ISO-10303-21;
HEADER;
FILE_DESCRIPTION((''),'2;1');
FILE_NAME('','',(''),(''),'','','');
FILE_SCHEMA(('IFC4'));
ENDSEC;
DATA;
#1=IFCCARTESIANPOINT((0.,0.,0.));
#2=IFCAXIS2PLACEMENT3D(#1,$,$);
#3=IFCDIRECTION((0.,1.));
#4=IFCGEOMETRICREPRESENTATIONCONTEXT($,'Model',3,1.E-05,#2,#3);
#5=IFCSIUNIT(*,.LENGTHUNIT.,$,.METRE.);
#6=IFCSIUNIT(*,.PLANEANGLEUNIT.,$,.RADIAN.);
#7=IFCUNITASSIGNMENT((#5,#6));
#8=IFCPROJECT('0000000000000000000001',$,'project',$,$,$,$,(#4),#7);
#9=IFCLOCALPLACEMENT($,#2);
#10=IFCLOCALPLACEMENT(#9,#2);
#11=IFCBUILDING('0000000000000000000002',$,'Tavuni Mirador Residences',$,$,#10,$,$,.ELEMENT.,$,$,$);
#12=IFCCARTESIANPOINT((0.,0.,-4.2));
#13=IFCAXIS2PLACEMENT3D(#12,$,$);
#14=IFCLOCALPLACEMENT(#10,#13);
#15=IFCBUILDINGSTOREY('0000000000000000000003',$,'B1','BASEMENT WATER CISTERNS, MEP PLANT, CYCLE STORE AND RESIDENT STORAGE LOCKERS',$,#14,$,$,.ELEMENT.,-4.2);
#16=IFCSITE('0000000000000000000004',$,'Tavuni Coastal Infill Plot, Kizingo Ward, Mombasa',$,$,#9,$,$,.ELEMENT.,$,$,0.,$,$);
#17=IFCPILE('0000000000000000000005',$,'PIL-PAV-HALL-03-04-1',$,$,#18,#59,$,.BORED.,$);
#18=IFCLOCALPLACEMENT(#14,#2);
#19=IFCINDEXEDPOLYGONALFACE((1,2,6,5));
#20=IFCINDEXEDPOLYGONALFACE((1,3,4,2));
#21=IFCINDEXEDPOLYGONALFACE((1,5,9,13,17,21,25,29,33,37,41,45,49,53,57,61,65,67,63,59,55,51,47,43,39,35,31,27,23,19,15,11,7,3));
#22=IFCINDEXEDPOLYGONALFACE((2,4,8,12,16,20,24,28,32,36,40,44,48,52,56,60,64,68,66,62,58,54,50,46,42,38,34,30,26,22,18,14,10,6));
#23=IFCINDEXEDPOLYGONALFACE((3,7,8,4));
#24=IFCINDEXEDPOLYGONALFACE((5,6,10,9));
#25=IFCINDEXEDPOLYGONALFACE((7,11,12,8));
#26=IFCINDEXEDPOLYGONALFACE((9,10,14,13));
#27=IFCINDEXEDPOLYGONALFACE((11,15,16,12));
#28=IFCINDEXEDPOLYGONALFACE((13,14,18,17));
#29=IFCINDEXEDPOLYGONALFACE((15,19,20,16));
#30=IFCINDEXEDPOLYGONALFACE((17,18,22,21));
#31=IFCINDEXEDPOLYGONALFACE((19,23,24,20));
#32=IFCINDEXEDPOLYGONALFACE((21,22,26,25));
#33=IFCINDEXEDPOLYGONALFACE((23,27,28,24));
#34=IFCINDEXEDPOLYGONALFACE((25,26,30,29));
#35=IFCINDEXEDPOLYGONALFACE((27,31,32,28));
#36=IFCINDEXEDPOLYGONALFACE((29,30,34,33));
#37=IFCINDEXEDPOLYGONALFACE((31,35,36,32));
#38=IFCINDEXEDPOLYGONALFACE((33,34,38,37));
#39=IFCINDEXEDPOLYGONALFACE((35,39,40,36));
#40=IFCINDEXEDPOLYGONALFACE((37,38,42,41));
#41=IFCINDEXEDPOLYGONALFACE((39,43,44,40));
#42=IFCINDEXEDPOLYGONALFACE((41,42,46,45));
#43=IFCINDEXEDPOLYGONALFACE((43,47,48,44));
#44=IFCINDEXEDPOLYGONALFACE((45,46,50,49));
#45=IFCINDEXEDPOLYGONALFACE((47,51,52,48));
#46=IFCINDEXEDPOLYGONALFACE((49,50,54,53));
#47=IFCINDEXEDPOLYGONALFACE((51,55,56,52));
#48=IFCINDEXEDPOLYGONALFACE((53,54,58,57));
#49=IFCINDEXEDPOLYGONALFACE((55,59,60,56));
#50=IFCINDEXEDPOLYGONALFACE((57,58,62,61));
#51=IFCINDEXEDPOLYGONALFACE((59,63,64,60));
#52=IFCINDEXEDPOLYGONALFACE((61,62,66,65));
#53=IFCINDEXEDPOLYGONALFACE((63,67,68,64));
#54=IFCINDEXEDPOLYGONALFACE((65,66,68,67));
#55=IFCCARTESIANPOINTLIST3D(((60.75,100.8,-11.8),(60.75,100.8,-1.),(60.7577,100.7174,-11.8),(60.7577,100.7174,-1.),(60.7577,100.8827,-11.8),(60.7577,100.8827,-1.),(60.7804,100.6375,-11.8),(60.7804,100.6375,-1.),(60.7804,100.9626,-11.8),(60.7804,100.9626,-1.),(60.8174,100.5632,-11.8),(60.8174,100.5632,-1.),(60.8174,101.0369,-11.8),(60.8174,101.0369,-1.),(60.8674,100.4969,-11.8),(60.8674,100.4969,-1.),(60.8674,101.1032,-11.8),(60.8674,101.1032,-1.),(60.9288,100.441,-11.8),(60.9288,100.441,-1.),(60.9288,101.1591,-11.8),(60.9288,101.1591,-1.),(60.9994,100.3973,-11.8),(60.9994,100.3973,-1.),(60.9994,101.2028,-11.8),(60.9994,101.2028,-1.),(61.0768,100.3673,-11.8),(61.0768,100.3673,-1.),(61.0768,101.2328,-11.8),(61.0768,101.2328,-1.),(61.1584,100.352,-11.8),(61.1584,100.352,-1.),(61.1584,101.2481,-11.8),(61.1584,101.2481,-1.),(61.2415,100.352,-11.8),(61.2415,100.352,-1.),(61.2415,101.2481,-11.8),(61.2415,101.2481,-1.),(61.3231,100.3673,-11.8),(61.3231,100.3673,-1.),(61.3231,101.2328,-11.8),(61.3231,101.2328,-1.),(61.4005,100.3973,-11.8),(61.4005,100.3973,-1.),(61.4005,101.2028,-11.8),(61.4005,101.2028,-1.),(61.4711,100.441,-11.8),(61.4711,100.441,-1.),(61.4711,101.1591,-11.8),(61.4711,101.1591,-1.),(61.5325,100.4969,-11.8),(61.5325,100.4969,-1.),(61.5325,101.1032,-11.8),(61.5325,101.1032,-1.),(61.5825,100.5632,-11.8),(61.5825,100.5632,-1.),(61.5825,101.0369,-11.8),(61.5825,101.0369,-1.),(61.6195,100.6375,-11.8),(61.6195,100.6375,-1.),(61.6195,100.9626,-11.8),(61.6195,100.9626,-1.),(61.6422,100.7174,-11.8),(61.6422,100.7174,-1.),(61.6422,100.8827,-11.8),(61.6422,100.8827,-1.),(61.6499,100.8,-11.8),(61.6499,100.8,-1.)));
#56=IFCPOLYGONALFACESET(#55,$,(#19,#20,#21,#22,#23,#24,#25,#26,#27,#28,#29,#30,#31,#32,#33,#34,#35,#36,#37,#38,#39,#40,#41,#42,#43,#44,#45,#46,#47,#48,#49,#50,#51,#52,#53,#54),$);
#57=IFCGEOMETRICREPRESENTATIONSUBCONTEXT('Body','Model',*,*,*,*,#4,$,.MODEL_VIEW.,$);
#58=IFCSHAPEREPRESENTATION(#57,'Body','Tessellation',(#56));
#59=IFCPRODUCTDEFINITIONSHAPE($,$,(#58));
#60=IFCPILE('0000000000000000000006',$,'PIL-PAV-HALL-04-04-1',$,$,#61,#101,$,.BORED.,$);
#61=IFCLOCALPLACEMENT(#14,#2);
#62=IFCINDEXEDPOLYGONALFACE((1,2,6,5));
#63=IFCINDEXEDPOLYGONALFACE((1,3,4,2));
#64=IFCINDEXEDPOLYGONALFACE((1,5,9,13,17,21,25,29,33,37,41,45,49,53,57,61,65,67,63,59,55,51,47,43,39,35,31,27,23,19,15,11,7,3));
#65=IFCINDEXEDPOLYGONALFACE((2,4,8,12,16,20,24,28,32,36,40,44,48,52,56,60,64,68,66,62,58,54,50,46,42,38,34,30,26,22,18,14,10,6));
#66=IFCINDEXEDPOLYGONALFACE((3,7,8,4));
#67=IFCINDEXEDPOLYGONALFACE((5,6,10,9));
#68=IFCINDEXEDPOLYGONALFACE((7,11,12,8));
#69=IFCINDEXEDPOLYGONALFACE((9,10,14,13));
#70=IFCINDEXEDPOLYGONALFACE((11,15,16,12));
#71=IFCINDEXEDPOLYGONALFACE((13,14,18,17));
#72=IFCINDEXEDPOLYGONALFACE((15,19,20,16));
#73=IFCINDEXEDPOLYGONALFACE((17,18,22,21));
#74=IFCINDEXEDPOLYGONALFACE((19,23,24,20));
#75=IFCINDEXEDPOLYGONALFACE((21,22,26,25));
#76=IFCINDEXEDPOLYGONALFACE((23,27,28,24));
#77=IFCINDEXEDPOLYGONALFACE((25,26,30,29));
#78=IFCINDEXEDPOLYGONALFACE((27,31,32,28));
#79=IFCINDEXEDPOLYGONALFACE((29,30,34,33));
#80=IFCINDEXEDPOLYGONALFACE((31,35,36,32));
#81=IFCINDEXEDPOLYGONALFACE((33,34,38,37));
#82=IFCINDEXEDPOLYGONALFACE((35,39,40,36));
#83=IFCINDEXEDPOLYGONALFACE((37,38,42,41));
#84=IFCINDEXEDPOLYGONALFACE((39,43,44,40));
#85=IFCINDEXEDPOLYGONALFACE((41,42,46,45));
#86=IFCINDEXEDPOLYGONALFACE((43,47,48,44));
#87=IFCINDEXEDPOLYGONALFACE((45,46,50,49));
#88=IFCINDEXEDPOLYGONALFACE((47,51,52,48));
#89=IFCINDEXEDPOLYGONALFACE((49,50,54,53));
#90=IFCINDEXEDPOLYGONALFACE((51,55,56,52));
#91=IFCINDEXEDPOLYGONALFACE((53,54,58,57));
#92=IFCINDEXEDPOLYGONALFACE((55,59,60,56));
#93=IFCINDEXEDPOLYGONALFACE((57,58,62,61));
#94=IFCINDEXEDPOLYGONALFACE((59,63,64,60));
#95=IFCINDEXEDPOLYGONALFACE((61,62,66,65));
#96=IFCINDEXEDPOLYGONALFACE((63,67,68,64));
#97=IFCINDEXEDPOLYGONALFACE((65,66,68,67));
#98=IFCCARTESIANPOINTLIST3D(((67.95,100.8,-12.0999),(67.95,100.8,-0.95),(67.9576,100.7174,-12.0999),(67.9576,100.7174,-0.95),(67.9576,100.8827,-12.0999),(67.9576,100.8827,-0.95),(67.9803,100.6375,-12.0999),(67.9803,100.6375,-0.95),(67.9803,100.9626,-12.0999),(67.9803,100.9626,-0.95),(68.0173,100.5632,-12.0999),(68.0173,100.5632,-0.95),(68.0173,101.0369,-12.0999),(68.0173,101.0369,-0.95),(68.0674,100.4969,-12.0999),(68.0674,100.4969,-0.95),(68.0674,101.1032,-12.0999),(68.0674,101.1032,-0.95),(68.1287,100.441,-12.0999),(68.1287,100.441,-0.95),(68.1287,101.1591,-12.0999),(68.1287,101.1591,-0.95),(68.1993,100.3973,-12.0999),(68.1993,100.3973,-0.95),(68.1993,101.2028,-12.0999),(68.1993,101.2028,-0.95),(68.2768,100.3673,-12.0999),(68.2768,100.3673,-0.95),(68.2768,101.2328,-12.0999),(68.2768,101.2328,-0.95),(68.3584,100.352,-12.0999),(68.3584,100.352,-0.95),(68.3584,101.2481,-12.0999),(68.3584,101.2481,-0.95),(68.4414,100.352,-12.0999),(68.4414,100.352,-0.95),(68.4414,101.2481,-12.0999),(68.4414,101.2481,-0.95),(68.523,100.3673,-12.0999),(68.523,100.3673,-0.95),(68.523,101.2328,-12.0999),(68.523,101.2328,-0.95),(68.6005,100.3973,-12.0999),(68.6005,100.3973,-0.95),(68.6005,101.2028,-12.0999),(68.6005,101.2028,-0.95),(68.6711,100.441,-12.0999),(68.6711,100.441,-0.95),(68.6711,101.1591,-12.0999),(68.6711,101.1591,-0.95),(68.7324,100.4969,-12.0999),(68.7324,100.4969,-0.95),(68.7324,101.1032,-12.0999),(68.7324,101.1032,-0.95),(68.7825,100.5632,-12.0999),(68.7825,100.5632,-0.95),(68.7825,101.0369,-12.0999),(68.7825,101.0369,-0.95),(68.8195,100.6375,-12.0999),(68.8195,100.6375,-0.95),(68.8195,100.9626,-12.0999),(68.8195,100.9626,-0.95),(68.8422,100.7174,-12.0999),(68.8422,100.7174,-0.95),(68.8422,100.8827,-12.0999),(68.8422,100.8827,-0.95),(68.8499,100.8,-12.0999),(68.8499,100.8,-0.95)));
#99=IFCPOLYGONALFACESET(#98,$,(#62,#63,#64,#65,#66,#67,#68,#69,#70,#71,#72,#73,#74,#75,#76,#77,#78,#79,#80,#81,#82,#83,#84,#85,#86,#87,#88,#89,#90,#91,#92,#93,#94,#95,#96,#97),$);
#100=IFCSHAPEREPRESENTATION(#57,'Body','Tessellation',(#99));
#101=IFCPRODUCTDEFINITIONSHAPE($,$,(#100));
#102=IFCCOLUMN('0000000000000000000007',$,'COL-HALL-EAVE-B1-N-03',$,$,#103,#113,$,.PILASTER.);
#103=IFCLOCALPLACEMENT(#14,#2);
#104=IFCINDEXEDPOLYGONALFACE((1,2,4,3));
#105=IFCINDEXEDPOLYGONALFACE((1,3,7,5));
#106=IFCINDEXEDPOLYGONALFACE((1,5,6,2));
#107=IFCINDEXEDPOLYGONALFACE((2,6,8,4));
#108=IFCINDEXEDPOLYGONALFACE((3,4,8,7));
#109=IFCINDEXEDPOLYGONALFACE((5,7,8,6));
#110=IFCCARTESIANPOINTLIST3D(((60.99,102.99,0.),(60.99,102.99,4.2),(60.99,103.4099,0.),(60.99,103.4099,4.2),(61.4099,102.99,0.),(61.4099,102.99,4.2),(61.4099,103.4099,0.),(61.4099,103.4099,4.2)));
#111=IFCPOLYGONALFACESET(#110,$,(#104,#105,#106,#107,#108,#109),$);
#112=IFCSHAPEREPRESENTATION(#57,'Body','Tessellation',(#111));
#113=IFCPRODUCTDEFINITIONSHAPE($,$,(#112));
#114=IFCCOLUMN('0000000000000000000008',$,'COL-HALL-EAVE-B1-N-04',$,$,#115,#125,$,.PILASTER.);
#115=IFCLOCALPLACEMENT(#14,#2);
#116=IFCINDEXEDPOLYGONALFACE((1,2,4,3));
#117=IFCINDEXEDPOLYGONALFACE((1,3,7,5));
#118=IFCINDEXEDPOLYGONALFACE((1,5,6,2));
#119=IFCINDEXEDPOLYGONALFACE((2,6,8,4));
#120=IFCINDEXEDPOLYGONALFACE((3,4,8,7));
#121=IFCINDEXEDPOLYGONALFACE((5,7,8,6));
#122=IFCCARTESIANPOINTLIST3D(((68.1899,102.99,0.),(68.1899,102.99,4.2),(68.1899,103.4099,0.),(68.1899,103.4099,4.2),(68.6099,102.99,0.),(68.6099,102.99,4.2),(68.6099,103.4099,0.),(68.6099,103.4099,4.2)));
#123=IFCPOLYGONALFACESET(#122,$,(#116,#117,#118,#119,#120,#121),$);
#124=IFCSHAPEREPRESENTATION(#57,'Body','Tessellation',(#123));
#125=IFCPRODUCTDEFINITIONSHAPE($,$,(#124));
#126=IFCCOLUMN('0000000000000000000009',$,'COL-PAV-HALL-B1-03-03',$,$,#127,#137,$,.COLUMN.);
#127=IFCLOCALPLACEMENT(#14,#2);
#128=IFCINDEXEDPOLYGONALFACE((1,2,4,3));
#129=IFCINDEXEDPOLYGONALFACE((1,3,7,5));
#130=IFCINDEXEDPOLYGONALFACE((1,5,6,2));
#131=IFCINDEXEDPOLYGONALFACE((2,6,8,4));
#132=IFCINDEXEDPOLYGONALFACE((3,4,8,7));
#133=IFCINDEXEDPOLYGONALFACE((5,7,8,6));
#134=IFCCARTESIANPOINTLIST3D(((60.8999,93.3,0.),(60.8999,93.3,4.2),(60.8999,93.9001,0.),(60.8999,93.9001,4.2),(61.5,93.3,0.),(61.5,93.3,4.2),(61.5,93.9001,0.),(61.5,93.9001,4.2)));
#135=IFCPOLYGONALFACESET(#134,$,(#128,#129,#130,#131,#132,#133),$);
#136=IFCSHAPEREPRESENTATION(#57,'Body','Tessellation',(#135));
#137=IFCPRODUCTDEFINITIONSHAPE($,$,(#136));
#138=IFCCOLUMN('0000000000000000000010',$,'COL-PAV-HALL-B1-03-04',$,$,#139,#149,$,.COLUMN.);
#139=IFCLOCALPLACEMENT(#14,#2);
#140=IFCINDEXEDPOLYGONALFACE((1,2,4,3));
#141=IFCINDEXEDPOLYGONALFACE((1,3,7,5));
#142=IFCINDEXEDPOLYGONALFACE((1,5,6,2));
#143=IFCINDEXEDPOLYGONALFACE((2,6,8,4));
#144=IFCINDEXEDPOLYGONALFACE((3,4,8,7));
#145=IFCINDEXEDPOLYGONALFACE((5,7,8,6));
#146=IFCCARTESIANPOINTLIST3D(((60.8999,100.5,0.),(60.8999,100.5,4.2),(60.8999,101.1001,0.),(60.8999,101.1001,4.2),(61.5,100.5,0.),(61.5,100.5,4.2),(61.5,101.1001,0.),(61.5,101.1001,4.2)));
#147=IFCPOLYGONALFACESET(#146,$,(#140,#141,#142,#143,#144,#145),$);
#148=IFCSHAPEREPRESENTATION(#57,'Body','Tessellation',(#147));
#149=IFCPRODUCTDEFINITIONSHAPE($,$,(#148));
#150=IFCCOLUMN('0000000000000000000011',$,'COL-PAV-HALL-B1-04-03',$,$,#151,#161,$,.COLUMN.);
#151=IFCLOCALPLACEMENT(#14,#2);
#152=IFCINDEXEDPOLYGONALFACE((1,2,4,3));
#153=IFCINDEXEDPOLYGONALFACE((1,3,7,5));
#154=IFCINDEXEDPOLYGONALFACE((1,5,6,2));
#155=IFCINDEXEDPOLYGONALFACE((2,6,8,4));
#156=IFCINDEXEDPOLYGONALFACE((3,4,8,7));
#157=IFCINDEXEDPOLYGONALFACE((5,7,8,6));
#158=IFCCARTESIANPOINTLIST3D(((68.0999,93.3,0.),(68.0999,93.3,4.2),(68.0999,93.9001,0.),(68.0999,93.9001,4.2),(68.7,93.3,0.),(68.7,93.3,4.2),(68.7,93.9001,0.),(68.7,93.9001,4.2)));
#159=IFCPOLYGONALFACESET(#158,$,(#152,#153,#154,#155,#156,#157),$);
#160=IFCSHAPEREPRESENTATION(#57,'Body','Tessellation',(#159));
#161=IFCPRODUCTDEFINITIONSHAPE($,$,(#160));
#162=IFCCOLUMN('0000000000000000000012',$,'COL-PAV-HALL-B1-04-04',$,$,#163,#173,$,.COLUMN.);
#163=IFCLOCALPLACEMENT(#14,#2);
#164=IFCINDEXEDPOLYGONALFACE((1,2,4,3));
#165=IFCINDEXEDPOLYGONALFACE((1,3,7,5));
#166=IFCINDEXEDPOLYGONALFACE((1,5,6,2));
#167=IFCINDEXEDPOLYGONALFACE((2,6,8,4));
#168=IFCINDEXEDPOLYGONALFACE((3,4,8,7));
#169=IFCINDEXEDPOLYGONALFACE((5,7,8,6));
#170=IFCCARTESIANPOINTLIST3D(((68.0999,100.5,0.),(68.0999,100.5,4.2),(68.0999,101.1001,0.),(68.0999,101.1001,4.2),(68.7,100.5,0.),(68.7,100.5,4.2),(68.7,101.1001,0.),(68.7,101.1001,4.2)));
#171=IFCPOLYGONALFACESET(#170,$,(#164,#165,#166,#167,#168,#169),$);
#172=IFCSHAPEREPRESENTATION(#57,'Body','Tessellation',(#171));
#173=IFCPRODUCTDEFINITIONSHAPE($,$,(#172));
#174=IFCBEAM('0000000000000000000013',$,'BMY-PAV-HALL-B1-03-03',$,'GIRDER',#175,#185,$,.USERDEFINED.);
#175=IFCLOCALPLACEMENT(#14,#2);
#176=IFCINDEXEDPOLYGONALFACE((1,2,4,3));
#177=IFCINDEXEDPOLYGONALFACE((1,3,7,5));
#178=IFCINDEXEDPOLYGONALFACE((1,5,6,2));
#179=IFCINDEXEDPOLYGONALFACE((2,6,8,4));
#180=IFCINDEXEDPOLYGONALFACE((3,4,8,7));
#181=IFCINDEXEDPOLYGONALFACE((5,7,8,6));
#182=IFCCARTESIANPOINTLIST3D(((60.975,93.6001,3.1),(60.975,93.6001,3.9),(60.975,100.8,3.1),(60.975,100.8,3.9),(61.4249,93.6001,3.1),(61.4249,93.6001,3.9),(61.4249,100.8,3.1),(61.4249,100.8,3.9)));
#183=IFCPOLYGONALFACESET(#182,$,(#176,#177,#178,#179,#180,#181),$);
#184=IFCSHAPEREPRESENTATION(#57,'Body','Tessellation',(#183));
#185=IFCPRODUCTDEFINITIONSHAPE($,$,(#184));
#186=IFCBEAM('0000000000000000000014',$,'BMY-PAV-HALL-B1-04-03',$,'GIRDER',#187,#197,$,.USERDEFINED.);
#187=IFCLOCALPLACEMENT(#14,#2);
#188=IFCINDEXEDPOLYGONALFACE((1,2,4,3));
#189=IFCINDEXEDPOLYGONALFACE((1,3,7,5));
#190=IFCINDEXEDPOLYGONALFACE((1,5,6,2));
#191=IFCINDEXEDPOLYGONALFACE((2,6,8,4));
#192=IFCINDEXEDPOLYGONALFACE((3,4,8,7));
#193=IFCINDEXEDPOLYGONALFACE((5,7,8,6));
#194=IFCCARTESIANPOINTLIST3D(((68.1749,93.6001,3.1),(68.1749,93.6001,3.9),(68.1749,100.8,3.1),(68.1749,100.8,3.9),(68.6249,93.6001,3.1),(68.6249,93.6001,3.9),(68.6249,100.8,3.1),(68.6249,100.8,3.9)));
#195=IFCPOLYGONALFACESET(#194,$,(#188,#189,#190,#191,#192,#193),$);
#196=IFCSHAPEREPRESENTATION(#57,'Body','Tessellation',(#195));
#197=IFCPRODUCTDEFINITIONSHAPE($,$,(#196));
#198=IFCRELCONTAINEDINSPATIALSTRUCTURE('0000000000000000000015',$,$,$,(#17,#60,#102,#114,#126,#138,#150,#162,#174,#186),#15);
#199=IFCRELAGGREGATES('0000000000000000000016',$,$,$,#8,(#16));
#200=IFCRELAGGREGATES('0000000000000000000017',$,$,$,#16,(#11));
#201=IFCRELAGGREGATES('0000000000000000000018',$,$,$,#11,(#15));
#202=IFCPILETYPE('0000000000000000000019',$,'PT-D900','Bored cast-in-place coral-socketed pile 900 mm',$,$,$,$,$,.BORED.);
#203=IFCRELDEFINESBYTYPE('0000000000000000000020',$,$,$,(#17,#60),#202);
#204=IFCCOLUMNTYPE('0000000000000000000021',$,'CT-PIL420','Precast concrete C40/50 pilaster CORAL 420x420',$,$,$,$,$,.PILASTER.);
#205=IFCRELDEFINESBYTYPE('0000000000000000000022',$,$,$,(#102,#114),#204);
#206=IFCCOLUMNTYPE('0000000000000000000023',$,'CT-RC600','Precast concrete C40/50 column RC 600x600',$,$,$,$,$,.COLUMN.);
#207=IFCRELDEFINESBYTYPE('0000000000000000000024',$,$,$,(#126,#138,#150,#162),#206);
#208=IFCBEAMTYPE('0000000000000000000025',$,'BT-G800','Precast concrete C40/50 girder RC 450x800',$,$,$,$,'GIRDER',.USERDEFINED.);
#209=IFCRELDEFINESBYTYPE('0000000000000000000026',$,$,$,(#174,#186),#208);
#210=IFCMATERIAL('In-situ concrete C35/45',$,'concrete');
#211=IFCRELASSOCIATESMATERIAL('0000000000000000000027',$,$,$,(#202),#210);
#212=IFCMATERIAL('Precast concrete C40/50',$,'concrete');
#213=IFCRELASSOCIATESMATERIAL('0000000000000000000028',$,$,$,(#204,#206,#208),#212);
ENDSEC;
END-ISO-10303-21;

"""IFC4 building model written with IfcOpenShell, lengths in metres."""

from ifc_helpers import new_model, si_unit, direction, frame, origin, origin_2d, place, context, subcontext, project, spatial, rectangle, circle, extrude, material, material_profile, profile_set, type_object, element, save


model = new_model("IFC4")

# Units and contexts
model_context = context("Model", 3, precision=1e-05, world=origin(), true_north=direction((0.0, 1.0)))
body_context = subcontext(model_context, "Body", "Model", "MODEL_VIEW")
ifc_project = project(units=[si_unit("LENGTHUNIT", "METRE"), si_unit("PLANEANGLEUNIT", "RADIAN")], contexts=[model_context])

# Site, building, storey
site_placement = place(None, origin())
site = spatial("IfcSite", under=ifc_project, at=site_placement, Name="Tavuni Coastal Infill Plot, Kizingo Ward, Mombasa", CompositionType="ELEMENT", RefElevation=0.0)
building_placement = place(site_placement, origin())
building = spatial("IfcBuilding", under=site, at=building_placement, Name="Tavuni Mirador Residences", CompositionType="ELEMENT")
storey_placement = place(building_placement, frame((0.0, 0.0, -4.2)))
storey = spatial("IfcBuildingStorey", under=building, at=storey_placement, Name="B1", Description="BASEMENT WATER CISTERNS, MEP PLANT, CYCLE STORE AND RESIDENT STORAGE LOCKERS", CompositionType="ELEMENT", Elevation=-4.2)

# Shared definitions
ifc_material_1 = material(Name="In-situ concrete C35/45", Category="concrete")

# Piles
ifc_material_profile_1 = material_profile(ifc_material_1, circle(Radius=0.45, at=origin_2d()), Name="PILE D900", Category="concrete")
ifc_profile_set_1 = profile_set([ifc_material_profile_1], Name="In-situ concrete C35/45")
pile_type_1 = type_object("IfcPileType", Name="PT-D900", Description="Bored cast-in-place coral-socketed pile 900 mm", PredefinedType="BORED", material=ifc_profile_set_1)
pile_1_placement = place(storey_placement, frame((61.2, 100.8, -1.0), z_axis=(0.0, 0.0, -1.0), x_axis=(1.0, 0.0, 0.0)))
element("IfcPile", 1, at=pile_1_placement, inside=storey, type_object=pile_type_1, Name="PIL-PAV-HALL-03-04-1", PredefinedType="BORED", context=body_context, shape_type="SweptSolid", body=[
    extrude(circle(Radius=0.45, at=origin_2d()), origin(), (0.0, 0.0, 1.0), 10.8),
])
pile_2_placement = place(storey_placement, frame((68.3999, 100.8, -0.95), z_axis=(0.0, 0.0, -1.0), x_axis=(1.0, 0.0, 0.0)))
element("IfcPile", 2, at=pile_2_placement, inside=storey, type_object=pile_type_1, Name="PIL-PAV-HALL-04-04-1", PredefinedType="BORED", context=body_context, shape_type="SweptSolid", body=[
    extrude(circle(Radius=0.45, at=origin_2d()), origin(), (0.0, 0.0, 1.0), 11.1499),
])

# Columns
ifc_material_2 = material(Name="Precast concrete C40/50", Category="concrete")
ifc_material_profile_2 = material_profile(ifc_material_2, rectangle(XDim=0.4199, YDim=0.4199, at=origin_2d()), Name="CORAL 420x420", Category="concrete")
ifc_profile_set_2 = profile_set([ifc_material_profile_2], Name="Precast concrete C40/50")
column_type_1 = type_object("IfcColumnType", Name="CT-PIL420", Description="Precast concrete C40/50 pilaster CORAL 420x420", PredefinedType="PILASTER", material=ifc_profile_set_2)
for number, where, z_axis, x_axis, name in (
    (3, (61.2, 103.2, 0.0), (0.0, 0.0, 1.0), (1.0, 0.0, 0.0), "COL-HALL-EAVE-B1-N-03"),
    (4, (68.3999, 103.2, 0.0), (0.0, 0.0, 1.0), (1.0, 0.0, 0.0), "COL-HALL-EAVE-B1-N-04"),
):
    element("IfcColumn", number, at=place(storey_placement, frame(where, z_axis=z_axis, x_axis=x_axis)), inside=storey, type_object=column_type_1, Name=name, PredefinedType="PILASTER", context=body_context, shape_type="SweptSolid", body=[
        extrude(rectangle(XDim=0.4199, YDim=0.4199, at=origin_2d()), origin(), (0.0, 0.0, 1.0), 4.2),
    ])
ifc_material_profile_3 = material_profile(ifc_material_2, rectangle(XDim=0.6001, YDim=0.6001, at=origin_2d()), Name="RC 600x600", Category="concrete")
ifc_profile_set_3 = profile_set([ifc_material_profile_3], Name="Precast concrete C40/50")
column_type_2 = type_object("IfcColumnType", Name="CT-RC600", Description="Precast concrete C40/50 column RC 600x600", PredefinedType="COLUMN", material=ifc_profile_set_3)
for number, where, z_axis, x_axis, name in (
    (5, (61.2, 93.6001, 0.0), (0.0, 0.0, 1.0), (1.0, 0.0, 0.0), "COL-PAV-HALL-B1-03-03"),
    (6, (61.2, 100.8, 0.0), (0.0, 0.0, 1.0), (1.0, 0.0, 0.0), "COL-PAV-HALL-B1-03-04"),
    (7, (68.3999, 93.6001, 0.0), (0.0, 0.0, 1.0), (1.0, 0.0, 0.0), "COL-PAV-HALL-B1-04-03"),
    (8, (68.3999, 100.8, 0.0), (0.0, 0.0, 1.0), (1.0, 0.0, 0.0), "COL-PAV-HALL-B1-04-04"),
):
    element("IfcColumn", number, at=place(storey_placement, frame(where, z_axis=z_axis, x_axis=x_axis)), inside=storey, type_object=column_type_2, Name=name, PredefinedType="COLUMN", context=body_context, shape_type="SweptSolid", body=[
        extrude(rectangle(XDim=0.6001, YDim=0.6001, at=origin_2d()), origin(), (0.0, 0.0, 1.0), 4.2),
    ])

# Beams
ifc_material_profile_4 = material_profile(ifc_material_2, rectangle(XDim=0.45, YDim=0.8, at=origin_2d()), Name="RC 450x800", Category="concrete")
ifc_profile_set_4 = profile_set([ifc_material_profile_4], Name="Precast concrete C40/50")
beam_type_1 = type_object("IfcBeamType", Name="BT-G800", Description="Precast concrete C40/50 girder RC 450x800", ElementType="GIRDER", PredefinedType="USERDEFINED", material=ifc_profile_set_4)
for number, where, z_axis, x_axis, name in (
    (9, (61.2, 93.6001, 3.5), (0.0, 1.0, 0.0), (-1.0, 0.0, 0.0), "BMY-PAV-HALL-B1-03-03"),
    (10, (68.3999, 93.6001, 3.5), (0.0, 1.0, 0.0), (-1.0, 0.0, 0.0), "BMY-PAV-HALL-B1-04-03"),
):
    element("IfcBeam", number, at=place(storey_placement, frame(where, z_axis=z_axis, x_axis=x_axis)), inside=storey, type_object=beam_type_1, Name=name, ObjectType="GIRDER", PredefinedType="USERDEFINED", context=body_context, shape_type="SweptSolid", body=[
        extrude(rectangle(XDim=0.45, YDim=0.8, at=origin_2d()), origin(), (0.0, 0.0, 1.0), 7.2),
    ])

save(model, "model.ifc")
